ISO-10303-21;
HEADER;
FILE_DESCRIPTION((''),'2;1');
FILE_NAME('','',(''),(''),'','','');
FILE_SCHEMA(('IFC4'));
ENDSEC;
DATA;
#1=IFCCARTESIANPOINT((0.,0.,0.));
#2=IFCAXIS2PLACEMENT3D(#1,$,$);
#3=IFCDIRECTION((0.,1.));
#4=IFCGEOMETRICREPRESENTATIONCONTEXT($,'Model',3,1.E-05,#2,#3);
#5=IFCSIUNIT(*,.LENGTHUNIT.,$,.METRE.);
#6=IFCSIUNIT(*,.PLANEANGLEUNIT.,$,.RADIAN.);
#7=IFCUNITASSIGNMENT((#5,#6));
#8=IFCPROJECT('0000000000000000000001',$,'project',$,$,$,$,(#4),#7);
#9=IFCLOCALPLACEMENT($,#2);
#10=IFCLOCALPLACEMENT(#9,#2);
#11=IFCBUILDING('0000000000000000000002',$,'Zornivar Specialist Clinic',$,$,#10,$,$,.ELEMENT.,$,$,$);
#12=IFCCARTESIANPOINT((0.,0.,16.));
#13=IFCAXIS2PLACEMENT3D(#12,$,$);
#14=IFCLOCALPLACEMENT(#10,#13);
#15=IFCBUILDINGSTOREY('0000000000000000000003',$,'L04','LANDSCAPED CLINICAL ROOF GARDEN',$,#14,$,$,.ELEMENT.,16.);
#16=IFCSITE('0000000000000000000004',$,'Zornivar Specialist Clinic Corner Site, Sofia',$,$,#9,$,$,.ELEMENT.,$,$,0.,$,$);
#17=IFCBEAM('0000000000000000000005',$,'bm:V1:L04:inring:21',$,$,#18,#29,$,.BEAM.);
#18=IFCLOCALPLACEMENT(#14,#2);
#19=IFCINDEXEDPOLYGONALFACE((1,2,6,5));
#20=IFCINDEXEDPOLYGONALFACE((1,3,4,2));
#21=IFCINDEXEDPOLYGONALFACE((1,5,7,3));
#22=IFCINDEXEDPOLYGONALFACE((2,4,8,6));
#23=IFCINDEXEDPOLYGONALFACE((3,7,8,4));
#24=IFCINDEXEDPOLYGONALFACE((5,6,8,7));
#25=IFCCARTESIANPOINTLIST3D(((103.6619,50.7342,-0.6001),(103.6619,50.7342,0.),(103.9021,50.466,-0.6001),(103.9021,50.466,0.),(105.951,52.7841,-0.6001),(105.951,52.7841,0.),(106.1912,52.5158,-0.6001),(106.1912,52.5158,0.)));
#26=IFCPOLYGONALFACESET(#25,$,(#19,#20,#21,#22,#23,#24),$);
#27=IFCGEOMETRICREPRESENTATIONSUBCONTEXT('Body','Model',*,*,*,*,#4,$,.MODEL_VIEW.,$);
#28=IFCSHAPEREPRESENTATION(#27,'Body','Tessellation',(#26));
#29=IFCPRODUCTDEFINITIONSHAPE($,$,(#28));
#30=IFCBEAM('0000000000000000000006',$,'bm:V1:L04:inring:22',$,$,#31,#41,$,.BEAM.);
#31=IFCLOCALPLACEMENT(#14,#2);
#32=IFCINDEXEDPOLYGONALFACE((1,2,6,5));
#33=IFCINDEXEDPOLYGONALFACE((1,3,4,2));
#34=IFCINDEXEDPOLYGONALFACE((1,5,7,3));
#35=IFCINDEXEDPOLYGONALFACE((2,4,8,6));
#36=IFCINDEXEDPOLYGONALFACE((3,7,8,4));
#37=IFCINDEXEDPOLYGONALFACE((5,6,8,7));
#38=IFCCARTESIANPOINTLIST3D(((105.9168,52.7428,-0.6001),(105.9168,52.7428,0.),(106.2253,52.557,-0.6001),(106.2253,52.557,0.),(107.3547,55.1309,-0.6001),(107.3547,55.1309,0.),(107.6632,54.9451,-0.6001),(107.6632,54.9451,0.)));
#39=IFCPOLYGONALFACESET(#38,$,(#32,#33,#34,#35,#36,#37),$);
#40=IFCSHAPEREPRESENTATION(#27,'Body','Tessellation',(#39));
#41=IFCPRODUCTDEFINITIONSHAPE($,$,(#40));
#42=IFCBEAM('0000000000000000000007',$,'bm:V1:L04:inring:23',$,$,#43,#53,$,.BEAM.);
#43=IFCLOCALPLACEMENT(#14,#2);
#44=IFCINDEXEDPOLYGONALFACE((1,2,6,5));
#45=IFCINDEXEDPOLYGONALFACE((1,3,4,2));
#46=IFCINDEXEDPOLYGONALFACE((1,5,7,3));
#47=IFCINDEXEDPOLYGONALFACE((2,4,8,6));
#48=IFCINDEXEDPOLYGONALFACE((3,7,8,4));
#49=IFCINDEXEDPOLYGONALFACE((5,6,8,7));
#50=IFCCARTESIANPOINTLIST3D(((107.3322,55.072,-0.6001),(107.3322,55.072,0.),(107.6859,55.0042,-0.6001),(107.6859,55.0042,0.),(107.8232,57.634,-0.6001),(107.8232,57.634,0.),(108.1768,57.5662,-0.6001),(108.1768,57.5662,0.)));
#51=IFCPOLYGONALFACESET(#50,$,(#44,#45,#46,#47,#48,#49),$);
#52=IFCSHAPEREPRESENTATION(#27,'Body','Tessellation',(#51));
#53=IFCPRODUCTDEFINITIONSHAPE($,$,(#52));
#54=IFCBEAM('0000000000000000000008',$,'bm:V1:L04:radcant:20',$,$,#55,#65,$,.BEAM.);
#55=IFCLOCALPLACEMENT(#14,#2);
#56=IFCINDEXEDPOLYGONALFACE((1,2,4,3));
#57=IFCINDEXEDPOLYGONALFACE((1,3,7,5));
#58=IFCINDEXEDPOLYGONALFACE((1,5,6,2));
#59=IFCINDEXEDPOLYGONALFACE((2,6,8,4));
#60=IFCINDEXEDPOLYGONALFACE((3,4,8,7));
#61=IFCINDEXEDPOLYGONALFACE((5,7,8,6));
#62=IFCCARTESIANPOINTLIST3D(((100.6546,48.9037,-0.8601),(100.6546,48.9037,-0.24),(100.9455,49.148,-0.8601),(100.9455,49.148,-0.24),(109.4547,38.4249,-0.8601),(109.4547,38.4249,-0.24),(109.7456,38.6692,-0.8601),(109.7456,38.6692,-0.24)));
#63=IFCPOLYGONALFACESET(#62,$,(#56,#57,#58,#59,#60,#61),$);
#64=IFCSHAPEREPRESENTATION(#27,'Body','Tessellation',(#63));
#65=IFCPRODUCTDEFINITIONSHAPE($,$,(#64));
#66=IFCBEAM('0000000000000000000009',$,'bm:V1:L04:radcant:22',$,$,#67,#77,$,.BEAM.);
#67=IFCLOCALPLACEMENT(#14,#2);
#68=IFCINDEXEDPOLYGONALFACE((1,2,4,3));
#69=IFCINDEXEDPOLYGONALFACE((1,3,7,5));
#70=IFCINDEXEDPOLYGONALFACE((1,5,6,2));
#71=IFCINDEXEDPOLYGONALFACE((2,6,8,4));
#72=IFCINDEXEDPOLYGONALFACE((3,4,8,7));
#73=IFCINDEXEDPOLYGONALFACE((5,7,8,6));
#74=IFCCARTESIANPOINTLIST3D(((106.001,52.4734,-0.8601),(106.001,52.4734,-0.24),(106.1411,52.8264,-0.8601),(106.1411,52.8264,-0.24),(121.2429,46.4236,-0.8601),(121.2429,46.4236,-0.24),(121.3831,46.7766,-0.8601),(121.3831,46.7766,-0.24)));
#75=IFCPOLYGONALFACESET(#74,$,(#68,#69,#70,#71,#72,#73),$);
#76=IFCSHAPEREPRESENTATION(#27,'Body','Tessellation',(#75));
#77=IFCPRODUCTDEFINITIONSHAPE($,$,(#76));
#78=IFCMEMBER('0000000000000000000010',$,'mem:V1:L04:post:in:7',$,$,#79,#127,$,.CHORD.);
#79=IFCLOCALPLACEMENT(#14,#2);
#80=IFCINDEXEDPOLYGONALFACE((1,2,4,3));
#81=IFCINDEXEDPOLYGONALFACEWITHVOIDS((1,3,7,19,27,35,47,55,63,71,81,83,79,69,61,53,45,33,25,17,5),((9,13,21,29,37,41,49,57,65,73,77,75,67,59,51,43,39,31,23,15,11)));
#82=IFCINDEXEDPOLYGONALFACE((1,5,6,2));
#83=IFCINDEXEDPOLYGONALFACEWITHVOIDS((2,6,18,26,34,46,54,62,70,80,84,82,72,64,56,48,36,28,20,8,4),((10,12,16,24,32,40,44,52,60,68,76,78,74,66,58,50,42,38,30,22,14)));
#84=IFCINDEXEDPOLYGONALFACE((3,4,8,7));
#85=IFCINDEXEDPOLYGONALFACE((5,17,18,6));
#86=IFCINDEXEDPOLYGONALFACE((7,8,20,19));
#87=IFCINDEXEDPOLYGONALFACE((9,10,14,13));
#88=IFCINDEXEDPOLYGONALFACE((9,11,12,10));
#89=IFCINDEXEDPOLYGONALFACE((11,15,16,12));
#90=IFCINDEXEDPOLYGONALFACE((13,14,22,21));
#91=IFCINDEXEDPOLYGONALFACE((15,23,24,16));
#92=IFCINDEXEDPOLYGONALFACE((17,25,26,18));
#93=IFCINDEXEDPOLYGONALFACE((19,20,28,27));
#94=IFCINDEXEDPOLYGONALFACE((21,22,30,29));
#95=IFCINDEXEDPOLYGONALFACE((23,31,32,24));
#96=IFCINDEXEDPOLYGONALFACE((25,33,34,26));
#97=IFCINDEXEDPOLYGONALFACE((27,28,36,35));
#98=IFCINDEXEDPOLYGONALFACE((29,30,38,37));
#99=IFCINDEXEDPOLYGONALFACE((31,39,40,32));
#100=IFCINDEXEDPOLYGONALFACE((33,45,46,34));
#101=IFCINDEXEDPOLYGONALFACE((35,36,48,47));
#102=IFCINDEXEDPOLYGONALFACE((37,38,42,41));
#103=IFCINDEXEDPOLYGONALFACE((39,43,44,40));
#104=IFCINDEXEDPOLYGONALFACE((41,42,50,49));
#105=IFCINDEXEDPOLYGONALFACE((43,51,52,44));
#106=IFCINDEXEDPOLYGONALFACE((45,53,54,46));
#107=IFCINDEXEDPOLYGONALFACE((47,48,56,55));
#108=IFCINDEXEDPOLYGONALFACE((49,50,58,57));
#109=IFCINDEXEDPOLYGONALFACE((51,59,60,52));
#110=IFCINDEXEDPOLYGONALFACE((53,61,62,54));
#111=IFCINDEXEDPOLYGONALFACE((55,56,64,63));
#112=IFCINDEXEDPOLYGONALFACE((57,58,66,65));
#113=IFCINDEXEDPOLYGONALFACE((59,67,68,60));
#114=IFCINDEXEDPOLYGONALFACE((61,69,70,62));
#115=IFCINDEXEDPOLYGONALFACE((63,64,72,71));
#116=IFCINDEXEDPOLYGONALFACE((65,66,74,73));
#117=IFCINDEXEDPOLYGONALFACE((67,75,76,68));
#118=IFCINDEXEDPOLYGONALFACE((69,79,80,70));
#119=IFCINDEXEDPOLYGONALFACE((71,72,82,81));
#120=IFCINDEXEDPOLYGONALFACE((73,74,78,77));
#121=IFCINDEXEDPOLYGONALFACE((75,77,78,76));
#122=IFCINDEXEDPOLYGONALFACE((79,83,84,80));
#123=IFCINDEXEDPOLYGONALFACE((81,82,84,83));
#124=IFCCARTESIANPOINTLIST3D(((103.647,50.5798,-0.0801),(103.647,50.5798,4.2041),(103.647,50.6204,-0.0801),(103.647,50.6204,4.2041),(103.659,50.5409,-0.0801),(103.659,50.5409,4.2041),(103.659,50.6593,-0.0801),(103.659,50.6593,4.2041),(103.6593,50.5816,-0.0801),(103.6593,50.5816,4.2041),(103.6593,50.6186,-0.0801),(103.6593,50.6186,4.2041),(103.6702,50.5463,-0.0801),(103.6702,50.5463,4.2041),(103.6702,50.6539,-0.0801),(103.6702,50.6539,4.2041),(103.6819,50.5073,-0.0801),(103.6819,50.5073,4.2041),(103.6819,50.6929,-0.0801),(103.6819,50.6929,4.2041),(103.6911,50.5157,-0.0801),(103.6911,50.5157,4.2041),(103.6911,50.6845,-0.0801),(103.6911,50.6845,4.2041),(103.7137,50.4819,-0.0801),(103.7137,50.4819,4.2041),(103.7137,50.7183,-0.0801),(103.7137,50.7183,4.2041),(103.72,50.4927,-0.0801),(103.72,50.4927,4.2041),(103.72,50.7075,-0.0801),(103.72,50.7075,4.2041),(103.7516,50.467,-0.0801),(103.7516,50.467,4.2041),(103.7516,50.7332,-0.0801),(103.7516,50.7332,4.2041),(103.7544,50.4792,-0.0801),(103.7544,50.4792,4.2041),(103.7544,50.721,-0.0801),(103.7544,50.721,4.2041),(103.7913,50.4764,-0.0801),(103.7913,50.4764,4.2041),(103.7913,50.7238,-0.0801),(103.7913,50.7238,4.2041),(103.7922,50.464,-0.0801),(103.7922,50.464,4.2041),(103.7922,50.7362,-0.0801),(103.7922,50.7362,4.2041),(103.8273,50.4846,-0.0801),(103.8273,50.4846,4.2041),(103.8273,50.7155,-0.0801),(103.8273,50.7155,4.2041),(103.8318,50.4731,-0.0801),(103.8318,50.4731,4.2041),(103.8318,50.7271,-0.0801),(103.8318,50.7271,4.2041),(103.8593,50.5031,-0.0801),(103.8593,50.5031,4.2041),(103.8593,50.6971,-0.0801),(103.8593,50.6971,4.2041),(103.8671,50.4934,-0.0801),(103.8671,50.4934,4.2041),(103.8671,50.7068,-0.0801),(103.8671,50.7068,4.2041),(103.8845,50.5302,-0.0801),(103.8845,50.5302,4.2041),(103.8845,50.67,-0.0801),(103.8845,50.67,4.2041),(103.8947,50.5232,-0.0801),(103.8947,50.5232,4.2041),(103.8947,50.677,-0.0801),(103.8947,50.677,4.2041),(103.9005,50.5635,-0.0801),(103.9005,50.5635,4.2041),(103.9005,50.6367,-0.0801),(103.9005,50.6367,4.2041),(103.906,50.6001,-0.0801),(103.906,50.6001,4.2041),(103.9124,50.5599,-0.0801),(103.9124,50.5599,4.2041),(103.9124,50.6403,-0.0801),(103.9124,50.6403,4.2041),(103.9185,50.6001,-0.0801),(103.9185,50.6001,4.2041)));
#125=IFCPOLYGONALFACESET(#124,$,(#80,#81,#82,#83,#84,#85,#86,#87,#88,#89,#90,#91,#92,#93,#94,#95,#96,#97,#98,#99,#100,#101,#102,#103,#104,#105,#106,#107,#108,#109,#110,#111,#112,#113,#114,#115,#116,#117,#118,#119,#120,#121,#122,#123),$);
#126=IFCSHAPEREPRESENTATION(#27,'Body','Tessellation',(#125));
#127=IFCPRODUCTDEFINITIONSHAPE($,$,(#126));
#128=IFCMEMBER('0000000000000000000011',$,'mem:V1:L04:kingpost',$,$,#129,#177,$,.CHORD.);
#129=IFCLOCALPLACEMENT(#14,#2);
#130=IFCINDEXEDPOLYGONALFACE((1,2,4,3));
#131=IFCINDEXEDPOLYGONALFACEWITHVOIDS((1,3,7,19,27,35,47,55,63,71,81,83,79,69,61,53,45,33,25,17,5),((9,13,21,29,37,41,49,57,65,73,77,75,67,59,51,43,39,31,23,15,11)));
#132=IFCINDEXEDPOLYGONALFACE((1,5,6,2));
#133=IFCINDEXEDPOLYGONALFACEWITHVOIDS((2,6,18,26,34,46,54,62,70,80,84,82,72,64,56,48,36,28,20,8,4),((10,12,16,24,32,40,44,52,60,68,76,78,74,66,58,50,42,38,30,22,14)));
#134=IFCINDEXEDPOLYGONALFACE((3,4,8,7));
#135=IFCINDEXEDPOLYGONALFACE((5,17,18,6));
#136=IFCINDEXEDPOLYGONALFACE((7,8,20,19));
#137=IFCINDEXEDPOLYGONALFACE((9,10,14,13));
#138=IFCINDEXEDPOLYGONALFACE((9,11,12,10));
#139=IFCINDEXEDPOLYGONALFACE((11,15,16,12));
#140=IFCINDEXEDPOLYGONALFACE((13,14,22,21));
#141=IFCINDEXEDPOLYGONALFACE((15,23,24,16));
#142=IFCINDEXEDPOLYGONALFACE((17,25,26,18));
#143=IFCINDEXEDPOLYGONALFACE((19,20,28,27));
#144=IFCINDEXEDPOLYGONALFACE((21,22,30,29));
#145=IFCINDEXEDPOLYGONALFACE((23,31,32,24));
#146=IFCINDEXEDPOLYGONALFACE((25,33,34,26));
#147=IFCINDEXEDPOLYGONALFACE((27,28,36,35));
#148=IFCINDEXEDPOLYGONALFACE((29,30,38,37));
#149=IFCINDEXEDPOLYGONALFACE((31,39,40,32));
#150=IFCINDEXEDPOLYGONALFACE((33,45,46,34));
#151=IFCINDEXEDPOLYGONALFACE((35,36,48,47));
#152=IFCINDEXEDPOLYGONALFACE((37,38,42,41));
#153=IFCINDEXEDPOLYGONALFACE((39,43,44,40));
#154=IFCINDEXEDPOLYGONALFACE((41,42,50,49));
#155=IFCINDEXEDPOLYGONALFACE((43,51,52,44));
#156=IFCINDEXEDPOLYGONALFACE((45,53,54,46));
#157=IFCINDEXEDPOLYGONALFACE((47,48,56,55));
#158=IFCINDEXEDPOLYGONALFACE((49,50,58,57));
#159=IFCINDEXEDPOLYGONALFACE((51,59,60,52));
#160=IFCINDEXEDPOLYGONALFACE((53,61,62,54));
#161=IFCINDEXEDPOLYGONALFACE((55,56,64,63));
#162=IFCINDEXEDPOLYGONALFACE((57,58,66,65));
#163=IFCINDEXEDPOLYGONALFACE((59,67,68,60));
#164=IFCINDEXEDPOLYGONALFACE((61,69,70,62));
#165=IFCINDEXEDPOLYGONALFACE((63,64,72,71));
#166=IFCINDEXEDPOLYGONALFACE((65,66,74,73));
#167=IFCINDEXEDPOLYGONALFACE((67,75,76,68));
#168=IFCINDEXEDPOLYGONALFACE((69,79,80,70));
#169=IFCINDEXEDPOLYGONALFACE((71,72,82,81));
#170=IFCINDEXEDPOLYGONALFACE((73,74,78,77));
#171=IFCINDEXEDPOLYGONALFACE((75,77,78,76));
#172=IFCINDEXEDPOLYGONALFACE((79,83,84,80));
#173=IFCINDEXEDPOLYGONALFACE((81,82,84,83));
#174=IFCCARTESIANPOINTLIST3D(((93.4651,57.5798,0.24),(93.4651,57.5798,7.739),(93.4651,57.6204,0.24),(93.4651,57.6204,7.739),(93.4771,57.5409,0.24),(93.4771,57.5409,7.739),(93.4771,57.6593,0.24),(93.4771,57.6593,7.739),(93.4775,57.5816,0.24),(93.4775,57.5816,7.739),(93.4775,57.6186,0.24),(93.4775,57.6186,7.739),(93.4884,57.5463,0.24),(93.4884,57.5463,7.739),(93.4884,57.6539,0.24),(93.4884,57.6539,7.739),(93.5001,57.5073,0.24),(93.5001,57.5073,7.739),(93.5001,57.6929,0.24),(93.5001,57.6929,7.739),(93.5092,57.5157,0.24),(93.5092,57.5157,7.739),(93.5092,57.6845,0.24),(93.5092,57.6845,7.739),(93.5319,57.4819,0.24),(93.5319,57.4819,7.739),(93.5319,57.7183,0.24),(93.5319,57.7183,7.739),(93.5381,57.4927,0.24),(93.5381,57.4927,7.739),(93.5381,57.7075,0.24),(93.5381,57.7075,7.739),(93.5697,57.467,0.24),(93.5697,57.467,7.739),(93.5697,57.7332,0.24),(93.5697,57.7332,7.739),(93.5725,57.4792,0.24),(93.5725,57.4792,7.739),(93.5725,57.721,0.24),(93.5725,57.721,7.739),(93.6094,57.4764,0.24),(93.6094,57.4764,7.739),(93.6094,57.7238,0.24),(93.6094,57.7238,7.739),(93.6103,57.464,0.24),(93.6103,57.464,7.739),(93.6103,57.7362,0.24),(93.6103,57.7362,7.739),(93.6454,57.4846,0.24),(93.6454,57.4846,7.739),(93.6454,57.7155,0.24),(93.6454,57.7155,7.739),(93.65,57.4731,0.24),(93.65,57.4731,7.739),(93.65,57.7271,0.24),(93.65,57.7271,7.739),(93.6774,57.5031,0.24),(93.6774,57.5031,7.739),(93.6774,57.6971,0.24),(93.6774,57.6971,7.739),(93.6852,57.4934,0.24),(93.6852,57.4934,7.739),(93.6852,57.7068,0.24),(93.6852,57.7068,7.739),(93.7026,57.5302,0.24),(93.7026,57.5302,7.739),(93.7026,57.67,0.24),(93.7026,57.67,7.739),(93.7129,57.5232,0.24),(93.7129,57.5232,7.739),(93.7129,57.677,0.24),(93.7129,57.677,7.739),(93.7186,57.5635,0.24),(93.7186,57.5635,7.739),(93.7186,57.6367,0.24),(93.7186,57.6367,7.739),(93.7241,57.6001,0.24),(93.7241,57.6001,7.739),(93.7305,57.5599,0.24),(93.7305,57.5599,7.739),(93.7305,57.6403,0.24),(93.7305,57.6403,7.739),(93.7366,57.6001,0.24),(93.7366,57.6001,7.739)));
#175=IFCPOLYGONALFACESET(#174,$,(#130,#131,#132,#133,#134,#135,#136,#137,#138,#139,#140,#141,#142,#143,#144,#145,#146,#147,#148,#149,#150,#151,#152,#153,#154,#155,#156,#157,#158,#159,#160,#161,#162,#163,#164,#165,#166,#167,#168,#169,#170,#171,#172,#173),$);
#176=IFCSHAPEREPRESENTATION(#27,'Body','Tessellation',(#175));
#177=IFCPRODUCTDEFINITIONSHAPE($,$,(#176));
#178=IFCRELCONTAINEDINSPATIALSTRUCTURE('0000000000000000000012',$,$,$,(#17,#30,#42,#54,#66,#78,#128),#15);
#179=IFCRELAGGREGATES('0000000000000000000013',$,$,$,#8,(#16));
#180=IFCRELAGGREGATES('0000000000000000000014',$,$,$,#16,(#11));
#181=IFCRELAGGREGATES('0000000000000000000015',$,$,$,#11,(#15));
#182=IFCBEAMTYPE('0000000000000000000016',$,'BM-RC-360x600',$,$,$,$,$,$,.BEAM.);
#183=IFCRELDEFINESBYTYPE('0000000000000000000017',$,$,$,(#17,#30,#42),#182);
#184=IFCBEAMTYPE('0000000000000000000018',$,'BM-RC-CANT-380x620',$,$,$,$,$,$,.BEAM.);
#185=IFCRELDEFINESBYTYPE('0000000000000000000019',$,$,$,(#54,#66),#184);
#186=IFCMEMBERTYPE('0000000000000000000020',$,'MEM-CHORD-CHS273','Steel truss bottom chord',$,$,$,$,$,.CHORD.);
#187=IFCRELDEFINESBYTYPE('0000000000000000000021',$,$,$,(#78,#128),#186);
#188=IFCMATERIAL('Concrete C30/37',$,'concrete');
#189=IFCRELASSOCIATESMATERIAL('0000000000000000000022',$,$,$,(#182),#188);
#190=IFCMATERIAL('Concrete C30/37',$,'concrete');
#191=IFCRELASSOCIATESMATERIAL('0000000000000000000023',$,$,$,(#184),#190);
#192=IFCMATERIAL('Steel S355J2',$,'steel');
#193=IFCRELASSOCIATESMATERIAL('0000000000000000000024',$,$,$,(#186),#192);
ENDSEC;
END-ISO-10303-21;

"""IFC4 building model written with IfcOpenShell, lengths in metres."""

from ifc_helpers import new_model, si_unit, direction, frame, origin, origin_2d, place, context, subcontext, project, spatial, rectangle, hollow_circle, extrude, material, material_profile, profile_set, type_object, element, save


model = new_model("IFC4")

# Units and contexts
model_context = context("Model", 3, precision=1e-05, world=origin(), true_north=direction((0.0, 1.0)))
body_context = subcontext(model_context, "Body", "Model", "MODEL_VIEW")
ifc_project = project(units=[si_unit("LENGTHUNIT", "METRE"), si_unit("PLANEANGLEUNIT", "RADIAN")], contexts=[model_context])

# Site, building, storey
site_placement = place(None, origin())
site = spatial("IfcSite", under=ifc_project, at=site_placement, Name="Zornivar Specialist Clinic Corner Site, Sofia", CompositionType="ELEMENT", RefElevation=0.0)
building_placement = place(site_placement, origin())
building = spatial("IfcBuilding", under=site, at=building_placement, Name="Zornivar Specialist Clinic", CompositionType="ELEMENT")
storey_placement = place(building_placement, frame((0.0, 0.0, 16.0)))
storey = spatial("IfcBuildingStorey", under=building, at=storey_placement, Name="L04", Description="LANDSCAPED CLINICAL ROOF GARDEN", CompositionType="ELEMENT", Elevation=16.0)

# Beams
ifc_material_1 = material(Name="Concrete C30/37", Category="concrete")
ifc_material_profile_1 = material_profile(ifc_material_1, rectangle(XDim=0.3601, YDim=0.6001, at=origin_2d()), Name="RC 360x600")
ifc_profile_set_1 = profile_set([ifc_material_profile_1], Name="Concrete C30/37")
beam_type_1 = type_object("IfcBeamType", Name="BM-RC-360x600", PredefinedType="BEAM", material=ifc_profile_set_1)
beam_1_placement = place(storey_placement, frame((103.782, 50.6001, -0.3), z_axis=(0.744967, 0.667101, 0.0), x_axis=(-0.667101, 0.744967, 0.0)))
element("IfcBeam", 1, at=beam_1_placement, inside=storey, type_object=beam_type_1, Name="bm:V1:L04:inring:21", PredefinedType="BEAM", context=body_context, shape_type="SweptSolid", body=[
    extrude(rectangle(XDim=0.3601, YDim=0.6001, at=origin_2d()), origin(), (0.0, 0.0, 1.0), 3.0728),
])
beam_2_placement = place(storey_placement, frame((106.071, 52.6499, -0.3), z_axis=(0.515835, 0.856688, 0.0), x_axis=(-0.856688, 0.515835, 0.0)))
element("IfcBeam", 2, at=beam_2_placement, inside=storey, type_object=beam_type_1, Name="bm:V1:L04:inring:22", PredefinedType="BEAM", context=body_context, shape_type="SweptSolid", body=[
    extrude(rectangle(XDim=0.3601, YDim=0.6001, at=origin_2d()), origin(), (0.0, 0.0, 1.0), 2.7876),
])
beam_3_placement = place(storey_placement, frame((107.509, 55.0381, -0.3), z_axis=(0.188209, 0.982129, 0.0), x_axis=(-0.982129, 0.188209, 0.0)))
element("IfcBeam", 3, at=beam_3_placement, inside=storey, type_object=beam_type_1, Name="bm:V1:L04:inring:23", PredefinedType="BEAM", context=body_context, shape_type="SweptSolid", body=[
    extrude(rectangle(XDim=0.3601, YDim=0.6001, at=origin_2d()), origin(), (0.0, 0.0, 1.0), 2.6086),
])
ifc_material_2 = material(Name="Concrete C30/37", Category="concrete")
ifc_material_profile_2 = material_profile(ifc_material_2, rectangle(XDim=0.3799, YDim=0.6201, at=origin_2d()), Name="RC 380x620")
ifc_profile_set_2 = profile_set([ifc_material_profile_2], Name="Concrete C30/37")
beam_type_2 = type_object("IfcBeamType", Name="BM-RC-CANT-380x620", PredefinedType="BEAM", material=ifc_profile_set_2)
beam_4_placement = place(storey_placement, frame((100.8, 49.0259, -0.55), z_axis=(0.643102, -0.765781, 0.0), x_axis=(0.765781, 0.643102, 0.0)))
element("IfcBeam", 4, at=beam_4_placement, inside=storey, type_object=beam_type_2, Name="bm:V1:L04:radcant:20", PredefinedType="BEAM", context=body_context, shape_type="SweptSolid", body=[
    extrude(rectangle(XDim=0.3799, YDim=0.6201, at=origin_2d()), origin(), (0.0, 0.0, 1.0), 13.6838),
])
beam_5_placement = place(storey_placement, frame((106.071, 52.6499, -0.55), z_axis=(0.929461, -0.36892, 0.0), x_axis=(0.36892, 0.929461, 0.0)))
element("IfcBeam", 5, at=beam_5_placement, inside=storey, type_object=beam_type_2, Name="bm:V1:L04:radcant:22", PredefinedType="BEAM", context=body_context, shape_type="SweptSolid", body=[
    extrude(rectangle(XDim=0.3799, YDim=0.6201, at=origin_2d()), origin(), (0.0, 0.0, 1.0), 16.3987),
])

# Members
ifc_material_3 = material(Name="Steel S355J2", Category="steel")
ifc_material_profile_3 = material_profile(ifc_material_3, hollow_circle(Radius=0.1365, WallThickness=0.0125, at=origin_2d()), Name="CHS 273x12.5")
ifc_profile_set_3 = profile_set([ifc_material_profile_3], Name="Steel S355J2")
member_type_1 = type_object("IfcMemberType", Name="MEM-CHORD-CHS273", Description="Steel truss bottom chord", PredefinedType="CHORD", material=ifc_profile_set_3)
member_1_placement = place(storey_placement, frame((103.782, 50.6001, -0.0801), z_axis=(0.0, 0.0, 1.0), x_axis=(1.0, 0.0, 0.0)))
element("IfcMember", 6, at=member_1_placement, inside=storey, type_object=member_type_1, Name="mem:V1:L04:post:in:7", PredefinedType="CHORD", context=body_context, shape_type="SweptSolid", body=[
    extrude(hollow_circle(Radius=0.1365, WallThickness=0.0125, at=origin_2d()), origin(), (0.0, 0.0, 1.0), 4.2842),
])
member_2_placement = place(storey_placement, frame((93.6001, 57.6001, 0.24), z_axis=(0.0, 0.0, 1.0), x_axis=(1.0, 0.0, 0.0)))
element("IfcMember", 7, at=member_2_placement, inside=storey, type_object=member_type_1, Name="mem:V1:L04:kingpost", PredefinedType="CHORD", context=body_context, shape_type="SweptSolid", body=[
    extrude(hollow_circle(Radius=0.1365, WallThickness=0.0125, at=origin_2d()), origin(), (0.0, 0.0, 1.0), 7.499),
])

save(model, "model.ifc")
